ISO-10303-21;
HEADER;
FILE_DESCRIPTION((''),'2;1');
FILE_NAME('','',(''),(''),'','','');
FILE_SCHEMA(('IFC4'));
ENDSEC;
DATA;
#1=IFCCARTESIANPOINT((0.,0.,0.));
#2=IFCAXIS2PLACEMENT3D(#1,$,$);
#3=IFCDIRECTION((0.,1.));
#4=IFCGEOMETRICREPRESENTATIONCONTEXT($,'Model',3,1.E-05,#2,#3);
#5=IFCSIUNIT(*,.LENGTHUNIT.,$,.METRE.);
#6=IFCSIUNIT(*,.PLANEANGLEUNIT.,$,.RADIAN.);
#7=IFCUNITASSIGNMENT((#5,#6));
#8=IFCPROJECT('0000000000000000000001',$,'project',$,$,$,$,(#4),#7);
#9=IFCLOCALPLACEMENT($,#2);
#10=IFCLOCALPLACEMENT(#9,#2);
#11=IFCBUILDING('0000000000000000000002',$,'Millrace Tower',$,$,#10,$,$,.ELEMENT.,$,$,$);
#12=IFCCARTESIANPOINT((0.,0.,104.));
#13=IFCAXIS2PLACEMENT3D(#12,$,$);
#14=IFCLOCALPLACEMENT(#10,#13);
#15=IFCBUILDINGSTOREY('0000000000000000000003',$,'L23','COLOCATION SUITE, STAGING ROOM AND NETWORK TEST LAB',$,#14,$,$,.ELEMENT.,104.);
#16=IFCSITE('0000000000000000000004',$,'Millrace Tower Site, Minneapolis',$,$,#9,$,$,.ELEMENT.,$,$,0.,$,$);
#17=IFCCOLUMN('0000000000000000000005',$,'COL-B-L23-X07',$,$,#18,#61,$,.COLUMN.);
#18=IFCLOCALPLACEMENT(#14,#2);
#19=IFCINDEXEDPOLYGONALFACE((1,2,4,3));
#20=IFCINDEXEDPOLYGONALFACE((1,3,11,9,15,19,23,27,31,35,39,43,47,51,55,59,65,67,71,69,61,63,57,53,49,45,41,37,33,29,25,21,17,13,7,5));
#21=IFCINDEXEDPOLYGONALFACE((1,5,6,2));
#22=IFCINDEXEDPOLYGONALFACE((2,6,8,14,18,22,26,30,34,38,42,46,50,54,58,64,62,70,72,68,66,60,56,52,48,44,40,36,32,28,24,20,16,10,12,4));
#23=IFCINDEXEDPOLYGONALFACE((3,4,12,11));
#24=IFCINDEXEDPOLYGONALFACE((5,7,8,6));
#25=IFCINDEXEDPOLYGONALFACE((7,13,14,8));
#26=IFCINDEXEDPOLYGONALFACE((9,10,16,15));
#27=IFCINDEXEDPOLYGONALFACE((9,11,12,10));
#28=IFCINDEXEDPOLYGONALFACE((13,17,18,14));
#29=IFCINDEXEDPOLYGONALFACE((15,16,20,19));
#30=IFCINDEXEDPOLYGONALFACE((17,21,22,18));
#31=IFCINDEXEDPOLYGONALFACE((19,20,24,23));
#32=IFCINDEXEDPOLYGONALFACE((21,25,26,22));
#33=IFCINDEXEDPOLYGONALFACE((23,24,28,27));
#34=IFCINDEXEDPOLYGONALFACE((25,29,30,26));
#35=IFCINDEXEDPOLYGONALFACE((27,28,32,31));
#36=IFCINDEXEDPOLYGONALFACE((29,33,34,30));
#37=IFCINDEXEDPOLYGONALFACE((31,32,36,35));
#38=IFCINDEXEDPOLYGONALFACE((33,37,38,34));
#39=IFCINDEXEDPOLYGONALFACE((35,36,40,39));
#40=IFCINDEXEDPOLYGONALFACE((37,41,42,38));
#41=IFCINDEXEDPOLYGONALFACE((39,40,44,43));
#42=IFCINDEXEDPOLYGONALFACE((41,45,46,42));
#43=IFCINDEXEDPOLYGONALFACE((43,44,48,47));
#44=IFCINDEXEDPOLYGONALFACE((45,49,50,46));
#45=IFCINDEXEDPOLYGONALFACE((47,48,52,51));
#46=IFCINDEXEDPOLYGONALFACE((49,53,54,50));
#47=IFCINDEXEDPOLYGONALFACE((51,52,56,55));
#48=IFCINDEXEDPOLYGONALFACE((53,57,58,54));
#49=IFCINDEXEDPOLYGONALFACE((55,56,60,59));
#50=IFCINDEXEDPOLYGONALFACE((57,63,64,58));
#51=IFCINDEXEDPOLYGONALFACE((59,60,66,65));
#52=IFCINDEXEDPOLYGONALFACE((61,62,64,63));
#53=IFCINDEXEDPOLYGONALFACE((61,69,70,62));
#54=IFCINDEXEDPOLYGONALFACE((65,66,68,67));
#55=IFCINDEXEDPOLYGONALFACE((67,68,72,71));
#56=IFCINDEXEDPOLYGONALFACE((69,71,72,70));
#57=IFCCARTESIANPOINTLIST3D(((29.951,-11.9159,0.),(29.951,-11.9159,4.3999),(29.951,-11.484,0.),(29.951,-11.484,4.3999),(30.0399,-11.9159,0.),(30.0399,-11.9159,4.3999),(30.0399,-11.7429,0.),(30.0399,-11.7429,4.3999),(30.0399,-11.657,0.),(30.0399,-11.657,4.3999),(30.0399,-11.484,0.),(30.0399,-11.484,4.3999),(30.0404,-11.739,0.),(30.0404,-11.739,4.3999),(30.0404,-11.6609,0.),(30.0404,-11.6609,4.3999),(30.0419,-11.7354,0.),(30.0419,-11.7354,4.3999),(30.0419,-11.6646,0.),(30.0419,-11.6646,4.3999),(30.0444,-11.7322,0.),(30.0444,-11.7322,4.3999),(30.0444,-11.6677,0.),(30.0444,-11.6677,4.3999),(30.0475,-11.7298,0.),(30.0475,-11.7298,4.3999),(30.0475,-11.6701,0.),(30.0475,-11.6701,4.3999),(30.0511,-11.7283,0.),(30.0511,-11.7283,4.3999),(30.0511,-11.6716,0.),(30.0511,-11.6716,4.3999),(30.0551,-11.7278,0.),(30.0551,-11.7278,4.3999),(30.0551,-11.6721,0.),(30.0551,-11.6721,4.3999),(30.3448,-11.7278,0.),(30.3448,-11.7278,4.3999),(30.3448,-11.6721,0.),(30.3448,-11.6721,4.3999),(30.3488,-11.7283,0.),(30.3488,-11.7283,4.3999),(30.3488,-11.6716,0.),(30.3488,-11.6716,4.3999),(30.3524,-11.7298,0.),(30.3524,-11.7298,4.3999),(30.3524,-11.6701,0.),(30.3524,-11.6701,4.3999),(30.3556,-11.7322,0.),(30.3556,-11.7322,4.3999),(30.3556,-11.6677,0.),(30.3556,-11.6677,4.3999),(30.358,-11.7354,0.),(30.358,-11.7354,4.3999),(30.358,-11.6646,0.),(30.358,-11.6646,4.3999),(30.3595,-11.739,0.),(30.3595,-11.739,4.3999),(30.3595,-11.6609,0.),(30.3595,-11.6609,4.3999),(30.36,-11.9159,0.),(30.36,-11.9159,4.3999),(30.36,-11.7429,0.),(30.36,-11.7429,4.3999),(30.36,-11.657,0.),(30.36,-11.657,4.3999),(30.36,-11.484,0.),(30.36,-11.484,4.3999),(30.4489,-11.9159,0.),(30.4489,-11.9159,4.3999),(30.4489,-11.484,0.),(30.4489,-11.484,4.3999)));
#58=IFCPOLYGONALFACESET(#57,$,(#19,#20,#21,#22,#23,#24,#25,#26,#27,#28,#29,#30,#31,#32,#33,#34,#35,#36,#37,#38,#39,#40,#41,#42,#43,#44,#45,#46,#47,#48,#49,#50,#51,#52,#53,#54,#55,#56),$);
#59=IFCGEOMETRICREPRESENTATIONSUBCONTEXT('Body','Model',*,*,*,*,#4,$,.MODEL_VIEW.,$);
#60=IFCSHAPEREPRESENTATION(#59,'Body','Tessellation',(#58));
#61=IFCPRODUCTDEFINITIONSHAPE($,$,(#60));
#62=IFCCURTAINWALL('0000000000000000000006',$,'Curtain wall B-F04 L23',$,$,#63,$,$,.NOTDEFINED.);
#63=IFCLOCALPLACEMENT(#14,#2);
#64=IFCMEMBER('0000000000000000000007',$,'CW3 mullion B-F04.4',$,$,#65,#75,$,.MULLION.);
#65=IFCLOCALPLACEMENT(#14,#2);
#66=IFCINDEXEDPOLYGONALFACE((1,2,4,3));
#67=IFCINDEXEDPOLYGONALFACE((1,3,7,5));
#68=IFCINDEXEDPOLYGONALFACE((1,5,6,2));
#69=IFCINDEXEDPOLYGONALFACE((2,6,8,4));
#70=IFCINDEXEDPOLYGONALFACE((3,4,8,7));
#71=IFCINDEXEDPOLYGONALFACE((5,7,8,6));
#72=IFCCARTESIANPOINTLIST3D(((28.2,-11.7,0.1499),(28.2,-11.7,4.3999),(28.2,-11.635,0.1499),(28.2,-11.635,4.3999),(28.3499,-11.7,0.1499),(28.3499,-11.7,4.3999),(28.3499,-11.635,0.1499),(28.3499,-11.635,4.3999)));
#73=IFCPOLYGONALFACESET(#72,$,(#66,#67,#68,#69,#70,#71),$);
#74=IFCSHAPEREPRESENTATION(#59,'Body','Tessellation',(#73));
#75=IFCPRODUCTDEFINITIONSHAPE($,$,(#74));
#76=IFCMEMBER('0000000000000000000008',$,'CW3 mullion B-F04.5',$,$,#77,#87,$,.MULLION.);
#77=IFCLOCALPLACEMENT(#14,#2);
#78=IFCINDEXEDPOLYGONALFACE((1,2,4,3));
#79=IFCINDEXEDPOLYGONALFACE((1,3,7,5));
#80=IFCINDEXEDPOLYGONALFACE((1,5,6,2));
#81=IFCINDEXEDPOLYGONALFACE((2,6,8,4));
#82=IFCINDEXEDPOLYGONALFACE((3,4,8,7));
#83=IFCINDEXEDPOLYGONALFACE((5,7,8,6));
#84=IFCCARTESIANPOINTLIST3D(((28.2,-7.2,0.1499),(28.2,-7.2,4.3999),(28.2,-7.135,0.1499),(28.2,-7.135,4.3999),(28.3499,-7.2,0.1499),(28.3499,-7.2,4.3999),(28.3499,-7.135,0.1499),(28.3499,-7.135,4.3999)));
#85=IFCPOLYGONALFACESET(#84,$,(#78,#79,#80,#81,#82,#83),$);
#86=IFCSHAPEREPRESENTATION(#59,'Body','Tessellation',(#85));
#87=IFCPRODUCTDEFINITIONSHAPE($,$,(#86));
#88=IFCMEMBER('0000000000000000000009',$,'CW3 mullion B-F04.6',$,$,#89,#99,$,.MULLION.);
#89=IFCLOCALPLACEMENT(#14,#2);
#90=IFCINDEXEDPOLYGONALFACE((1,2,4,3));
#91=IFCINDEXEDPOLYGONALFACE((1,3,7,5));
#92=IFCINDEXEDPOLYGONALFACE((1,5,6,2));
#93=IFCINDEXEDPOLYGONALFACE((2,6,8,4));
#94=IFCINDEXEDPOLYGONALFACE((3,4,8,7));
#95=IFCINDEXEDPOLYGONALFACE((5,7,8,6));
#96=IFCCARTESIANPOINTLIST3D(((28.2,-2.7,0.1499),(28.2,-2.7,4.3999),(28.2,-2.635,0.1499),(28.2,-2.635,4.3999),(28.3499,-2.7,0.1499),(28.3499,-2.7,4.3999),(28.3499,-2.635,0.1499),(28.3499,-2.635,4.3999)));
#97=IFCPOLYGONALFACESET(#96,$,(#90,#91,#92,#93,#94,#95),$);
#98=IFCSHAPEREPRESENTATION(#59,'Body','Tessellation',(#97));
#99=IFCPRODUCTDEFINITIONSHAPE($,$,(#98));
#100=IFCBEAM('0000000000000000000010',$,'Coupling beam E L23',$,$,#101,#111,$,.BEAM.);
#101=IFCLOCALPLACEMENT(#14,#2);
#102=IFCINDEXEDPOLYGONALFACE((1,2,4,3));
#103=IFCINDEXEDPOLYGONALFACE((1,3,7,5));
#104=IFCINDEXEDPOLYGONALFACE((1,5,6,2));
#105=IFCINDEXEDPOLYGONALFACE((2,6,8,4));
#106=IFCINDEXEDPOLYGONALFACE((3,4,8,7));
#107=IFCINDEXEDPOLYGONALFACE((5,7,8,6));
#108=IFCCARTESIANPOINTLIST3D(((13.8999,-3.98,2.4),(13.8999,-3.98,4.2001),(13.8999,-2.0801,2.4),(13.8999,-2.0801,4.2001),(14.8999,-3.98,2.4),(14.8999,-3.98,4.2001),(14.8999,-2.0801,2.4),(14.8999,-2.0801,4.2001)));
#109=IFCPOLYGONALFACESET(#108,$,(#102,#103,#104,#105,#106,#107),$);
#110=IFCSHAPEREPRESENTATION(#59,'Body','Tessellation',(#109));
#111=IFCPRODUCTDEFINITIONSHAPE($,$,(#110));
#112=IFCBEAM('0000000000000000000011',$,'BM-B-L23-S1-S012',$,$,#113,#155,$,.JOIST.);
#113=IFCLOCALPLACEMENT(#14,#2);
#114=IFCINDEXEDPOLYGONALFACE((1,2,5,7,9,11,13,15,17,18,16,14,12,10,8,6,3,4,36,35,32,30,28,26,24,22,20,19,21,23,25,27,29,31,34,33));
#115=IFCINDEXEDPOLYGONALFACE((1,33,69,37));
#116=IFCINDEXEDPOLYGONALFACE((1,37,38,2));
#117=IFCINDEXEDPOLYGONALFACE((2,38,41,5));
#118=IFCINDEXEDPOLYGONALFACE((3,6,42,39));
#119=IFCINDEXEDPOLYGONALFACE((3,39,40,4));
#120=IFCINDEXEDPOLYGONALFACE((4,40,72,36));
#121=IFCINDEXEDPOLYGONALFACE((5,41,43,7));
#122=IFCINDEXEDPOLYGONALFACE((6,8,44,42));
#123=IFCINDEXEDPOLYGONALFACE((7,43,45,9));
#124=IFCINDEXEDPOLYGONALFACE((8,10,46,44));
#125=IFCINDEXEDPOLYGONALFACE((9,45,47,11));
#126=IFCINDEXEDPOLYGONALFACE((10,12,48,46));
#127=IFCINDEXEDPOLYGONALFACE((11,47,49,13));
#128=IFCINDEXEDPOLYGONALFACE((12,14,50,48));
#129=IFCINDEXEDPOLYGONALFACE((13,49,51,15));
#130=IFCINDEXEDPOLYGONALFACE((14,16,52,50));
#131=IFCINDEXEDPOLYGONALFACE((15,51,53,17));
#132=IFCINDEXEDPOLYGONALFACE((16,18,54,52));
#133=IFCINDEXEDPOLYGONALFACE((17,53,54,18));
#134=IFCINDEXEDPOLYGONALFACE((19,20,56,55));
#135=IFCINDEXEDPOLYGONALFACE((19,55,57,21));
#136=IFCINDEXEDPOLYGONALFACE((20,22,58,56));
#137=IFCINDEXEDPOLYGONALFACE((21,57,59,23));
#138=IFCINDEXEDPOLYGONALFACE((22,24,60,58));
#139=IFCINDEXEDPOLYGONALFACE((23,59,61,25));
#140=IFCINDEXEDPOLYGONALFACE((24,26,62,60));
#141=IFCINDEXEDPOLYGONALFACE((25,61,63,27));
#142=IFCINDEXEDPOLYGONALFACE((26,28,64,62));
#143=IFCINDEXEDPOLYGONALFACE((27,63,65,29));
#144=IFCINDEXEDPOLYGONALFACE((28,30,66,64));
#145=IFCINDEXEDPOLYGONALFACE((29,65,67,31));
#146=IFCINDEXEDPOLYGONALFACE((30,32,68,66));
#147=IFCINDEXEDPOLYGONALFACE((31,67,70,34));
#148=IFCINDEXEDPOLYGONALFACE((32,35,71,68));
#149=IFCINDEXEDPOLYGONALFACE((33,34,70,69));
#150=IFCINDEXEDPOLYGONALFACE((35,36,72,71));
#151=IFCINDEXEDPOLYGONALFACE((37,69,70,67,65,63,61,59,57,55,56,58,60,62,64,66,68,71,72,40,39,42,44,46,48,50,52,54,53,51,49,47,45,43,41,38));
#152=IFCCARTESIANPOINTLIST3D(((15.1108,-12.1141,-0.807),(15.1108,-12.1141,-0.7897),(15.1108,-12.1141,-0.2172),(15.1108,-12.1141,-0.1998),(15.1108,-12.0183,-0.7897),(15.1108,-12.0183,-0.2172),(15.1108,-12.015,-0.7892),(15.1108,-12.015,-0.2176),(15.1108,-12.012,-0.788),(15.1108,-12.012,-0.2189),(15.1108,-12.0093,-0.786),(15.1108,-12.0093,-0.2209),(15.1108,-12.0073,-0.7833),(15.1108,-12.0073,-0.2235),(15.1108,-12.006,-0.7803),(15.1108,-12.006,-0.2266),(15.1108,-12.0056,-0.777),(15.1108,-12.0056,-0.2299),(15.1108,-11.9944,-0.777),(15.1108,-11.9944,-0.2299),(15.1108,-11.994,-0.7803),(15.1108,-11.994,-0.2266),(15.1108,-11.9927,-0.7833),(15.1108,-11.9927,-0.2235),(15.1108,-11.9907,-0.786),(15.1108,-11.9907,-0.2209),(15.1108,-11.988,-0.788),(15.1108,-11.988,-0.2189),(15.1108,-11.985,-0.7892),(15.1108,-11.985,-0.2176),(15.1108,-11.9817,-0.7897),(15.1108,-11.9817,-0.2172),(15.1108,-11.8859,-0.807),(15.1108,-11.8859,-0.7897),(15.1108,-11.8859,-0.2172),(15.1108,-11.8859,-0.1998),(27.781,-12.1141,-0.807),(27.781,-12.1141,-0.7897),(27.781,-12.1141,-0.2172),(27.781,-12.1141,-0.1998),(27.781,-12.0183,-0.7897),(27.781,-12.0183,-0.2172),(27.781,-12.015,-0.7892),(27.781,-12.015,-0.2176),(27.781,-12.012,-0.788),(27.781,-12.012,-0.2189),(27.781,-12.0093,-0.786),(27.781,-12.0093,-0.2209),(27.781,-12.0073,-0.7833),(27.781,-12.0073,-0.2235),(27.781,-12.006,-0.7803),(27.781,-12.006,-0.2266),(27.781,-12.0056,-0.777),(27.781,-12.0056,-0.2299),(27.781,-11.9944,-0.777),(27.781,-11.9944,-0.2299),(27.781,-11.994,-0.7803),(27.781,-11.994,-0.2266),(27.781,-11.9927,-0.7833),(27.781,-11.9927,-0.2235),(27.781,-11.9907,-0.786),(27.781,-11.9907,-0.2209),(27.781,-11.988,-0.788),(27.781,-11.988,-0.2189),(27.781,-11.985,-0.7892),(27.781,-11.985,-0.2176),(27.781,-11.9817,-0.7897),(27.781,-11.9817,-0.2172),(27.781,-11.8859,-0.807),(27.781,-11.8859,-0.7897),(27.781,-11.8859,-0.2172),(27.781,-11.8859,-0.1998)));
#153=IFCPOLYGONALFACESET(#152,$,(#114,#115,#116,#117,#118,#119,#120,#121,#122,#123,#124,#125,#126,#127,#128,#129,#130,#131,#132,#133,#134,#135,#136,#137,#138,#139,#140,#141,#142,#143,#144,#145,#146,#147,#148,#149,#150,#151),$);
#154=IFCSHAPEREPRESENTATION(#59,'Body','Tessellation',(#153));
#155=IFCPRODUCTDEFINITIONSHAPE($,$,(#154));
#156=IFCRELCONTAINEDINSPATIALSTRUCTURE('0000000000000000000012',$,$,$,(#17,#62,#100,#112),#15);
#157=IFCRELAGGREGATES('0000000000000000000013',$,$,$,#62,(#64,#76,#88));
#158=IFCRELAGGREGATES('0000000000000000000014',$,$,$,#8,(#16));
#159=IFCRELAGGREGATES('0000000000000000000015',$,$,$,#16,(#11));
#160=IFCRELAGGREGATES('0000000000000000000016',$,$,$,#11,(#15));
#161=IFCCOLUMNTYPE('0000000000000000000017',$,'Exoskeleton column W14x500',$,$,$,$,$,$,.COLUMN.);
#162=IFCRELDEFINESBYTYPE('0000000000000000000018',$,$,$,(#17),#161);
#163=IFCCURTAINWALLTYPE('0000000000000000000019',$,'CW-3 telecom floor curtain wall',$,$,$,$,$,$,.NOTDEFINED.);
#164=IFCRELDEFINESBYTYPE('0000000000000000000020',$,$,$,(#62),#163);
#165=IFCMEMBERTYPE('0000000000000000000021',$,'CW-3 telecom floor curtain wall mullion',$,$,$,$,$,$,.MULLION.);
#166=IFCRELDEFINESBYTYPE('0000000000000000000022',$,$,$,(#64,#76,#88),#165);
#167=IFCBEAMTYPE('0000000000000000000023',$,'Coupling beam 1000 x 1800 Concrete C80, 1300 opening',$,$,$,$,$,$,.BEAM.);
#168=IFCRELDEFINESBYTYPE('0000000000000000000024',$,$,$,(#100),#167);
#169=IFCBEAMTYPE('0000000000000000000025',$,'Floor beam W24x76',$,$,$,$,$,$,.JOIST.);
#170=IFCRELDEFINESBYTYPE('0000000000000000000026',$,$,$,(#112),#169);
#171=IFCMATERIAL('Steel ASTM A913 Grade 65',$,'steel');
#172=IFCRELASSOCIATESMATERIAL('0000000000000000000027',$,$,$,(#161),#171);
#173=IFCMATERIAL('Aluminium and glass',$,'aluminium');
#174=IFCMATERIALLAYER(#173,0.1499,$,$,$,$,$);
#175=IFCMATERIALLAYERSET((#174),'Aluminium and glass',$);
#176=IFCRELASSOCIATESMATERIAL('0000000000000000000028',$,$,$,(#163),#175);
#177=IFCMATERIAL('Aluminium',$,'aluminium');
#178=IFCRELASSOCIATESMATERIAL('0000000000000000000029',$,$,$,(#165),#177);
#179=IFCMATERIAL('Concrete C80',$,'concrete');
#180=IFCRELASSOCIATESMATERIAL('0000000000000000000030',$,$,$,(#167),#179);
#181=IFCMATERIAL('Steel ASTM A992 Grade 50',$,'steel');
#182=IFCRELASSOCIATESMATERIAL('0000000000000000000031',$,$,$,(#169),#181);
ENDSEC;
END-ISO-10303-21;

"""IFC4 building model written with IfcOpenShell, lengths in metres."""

from ifc_helpers import new_model, si_unit, direction, frame, origin, origin_2d, place, context, subcontext, project, spatial, rectangle, i_section, extrude, material, layer, layer_set, material_profile, profile_set, type_object, element, aggregate, save


model = new_model("IFC4")

# Units and contexts
model_context = context("Model", 3, precision=1e-05, world=origin(), true_north=direction((0.0, 1.0)))
body_context = subcontext(model_context, "Body", "Model", "MODEL_VIEW")
ifc_project = project(units=[si_unit("LENGTHUNIT", "METRE"), si_unit("PLANEANGLEUNIT", "RADIAN")], contexts=[model_context])

# Site, building, storey
site_placement = place(None, origin())
site = spatial("IfcSite", under=ifc_project, at=site_placement, Name="Millrace Tower Site, Minneapolis", CompositionType="ELEMENT", RefElevation=0.0)
building_placement = place(site_placement, origin())
building = spatial("IfcBuilding", under=site, at=building_placement, Name="Millrace Tower", CompositionType="ELEMENT")
storey_placement = place(building_placement, frame((0.0, 0.0, 104.0)))
storey = spatial("IfcBuildingStorey", under=building, at=storey_placement, Name="L23", Description="COLOCATION SUITE, STAGING ROOM AND NETWORK TEST LAB", CompositionType="ELEMENT", Elevation=104.0)

# Column
ifc_material_1 = material(Name="Steel ASTM A913 Grade 65", Category="steel")
ifc_material_profile_1 = material_profile(ifc_material_1, i_section(OverallWidth=0.4319, OverallDepth=0.4978, WebThickness=0.0557, FlangeThickness=0.0889, FilletRadius=0.0151, at=origin_2d()))
ifc_profile_set_1 = profile_set([ifc_material_profile_1], Name="Steel ASTM A913 Grade 65")
column_type = type_object("IfcColumnType", Name="Exoskeleton column W14x500", PredefinedType="COLUMN", material=ifc_profile_set_1)
column_placement = place(storey_placement, frame((30.2, -11.7, 0.0), z_axis=(0.0, 0.0, 1.0), x_axis=(0.0, 1.0, 0.0)))
element("IfcColumn", 1, at=column_placement, inside=storey, type_object=column_type, Name="COL-B-L23-X07", PredefinedType="COLUMN", context=body_context, shape_type="SweptSolid", body=[
    extrude(i_section(OverallWidth=0.4319, OverallDepth=0.4978, WebThickness=0.0557, FlangeThickness=0.0889, FilletRadius=0.0151, at=origin_2d()), origin(), (0.0, 0.0, 1.0), 4.3999),
])

# Curtain wall, members
ifc_material_2 = material(Name="Aluminium and glass", Category="aluminium")
ifc_layer_1 = layer(ifc_material_2, 0.1499)
ifc_layer_set_1 = layer_set([ifc_layer_1], Name="Aluminium and glass")
curtain_wall_type = type_object("IfcCurtainWallType", Name="CW-3 telecom floor curtain wall", PredefinedType="NOTDEFINED", material=ifc_layer_set_1)
curtain_wall_placement = place(storey_placement, origin())
curtain_wall = element("IfcCurtainWall", 2, at=curtain_wall_placement, inside=storey, type_object=curtain_wall_type, Name="Curtain wall B-F04 L23", PredefinedType="NOTDEFINED")
ifc_material_3 = material(Name="Aluminium", Category="aluminium")
ifc_material_profile_2 = material_profile(ifc_material_3, rectangle(XDim=0.0649, YDim=0.1499, at=origin_2d()))
ifc_profile_set_2 = profile_set([ifc_material_profile_2], Name="Aluminium")
member_type = type_object("IfcMemberType", Name="CW-3 telecom floor curtain wall mullion", PredefinedType="MULLION", material=ifc_profile_set_2)
member_1_placement = place(storey_placement, frame((28.2749, -11.6675, 0.1499), z_axis=(0.0, 0.0, 1.0), x_axis=(0.0, 1.0, 0.0)))
member_1 = element("IfcMember", 3, at=member_1_placement, type_object=member_type, Name="CW3 mullion B-F04.4", PredefinedType="MULLION", context=body_context, shape_type="SweptSolid", body=[
    extrude(rectangle(XDim=0.0649, YDim=0.1499, at=origin_2d()), origin(), (0.0, 0.0, 1.0), 4.25),
])
member_2_placement = place(storey_placement, frame((28.2749, -7.1675, 0.1499), z_axis=(0.0, 0.0, 1.0), x_axis=(0.0, 1.0, 0.0)))
member_2 = element("IfcMember", 4, at=member_2_placement, type_object=member_type, Name="CW3 mullion B-F04.5", PredefinedType="MULLION", context=body_context, shape_type="SweptSolid", body=[
    extrude(rectangle(XDim=0.0649, YDim=0.1499, at=origin_2d()), origin(), (0.0, 0.0, 1.0), 4.25),
])
member_3_placement = place(storey_placement, frame((28.2749, -2.6675, 0.1499), z_axis=(0.0, 0.0, 1.0), x_axis=(0.0, 1.0, 0.0)))
member_3 = element("IfcMember", 5, at=member_3_placement, type_object=member_type, Name="CW3 mullion B-F04.6", PredefinedType="MULLION", context=body_context, shape_type="SweptSolid", body=[
    extrude(rectangle(XDim=0.0649, YDim=0.1499, at=origin_2d()), origin(), (0.0, 0.0, 1.0), 4.25),
])
aggregate(curtain_wall, [member_1, member_2, member_3])

# Beams
ifc_material_4 = material(Name="Concrete C80", Category="concrete")
ifc_material_profile_3 = material_profile(ifc_material_4, rectangle(XDim=1.0, YDim=1.8, at=origin_2d()))
ifc_profile_set_3 = profile_set([ifc_material_profile_3], Name="Concrete C80")
beam_type_1 = type_object("IfcBeamType", Name="Coupling beam 1000 x 1800 Concrete C80, 1300 opening", PredefinedType="BEAM", material=ifc_profile_set_3)
beam_1_placement = place(storey_placement, frame((14.3999, -2.0801, 3.3), z_axis=(0.0, -1.0, 0.0), x_axis=(1.0, 0.0, 0.0)))
element("IfcBeam", 6, at=beam_1_placement, inside=storey, type_object=beam_type_1, Name="Coupling beam E L23", PredefinedType="BEAM", context=body_context, shape_type="SweptSolid", body=[
    extrude(rectangle(XDim=1.0, YDim=1.8, at=origin_2d()), origin(), (0.0, 0.0, 1.0), 1.8999),
])
ifc_material_5 = material(Name="Steel ASTM A992 Grade 50", Category="steel")
ifc_material_profile_4 = material_profile(ifc_material_5, i_section(OverallWidth=0.2283, OverallDepth=0.6072, WebThickness=0.0112, FlangeThickness=0.0173, FilletRadius=0.0127, at=origin_2d()))
ifc_profile_set_4 = profile_set([ifc_material_profile_4], Name="Steel ASTM A992 Grade 50")
beam_type_2 = type_object("IfcBeamType", Name="Floor beam W24x76", PredefinedType="JOIST", material=ifc_profile_set_4)
beam_2_placement = place(storey_placement, frame((15.1108, -12.0, -0.5034), z_axis=(1.0, 0.0, 0.0), x_axis=(0.0, 1.0, 0.0)))
element("IfcBeam", 7, at=beam_2_placement, inside=storey, type_object=beam_type_2, Name="BM-B-L23-S1-S012", PredefinedType="JOIST", context=body_context, shape_type="SweptSolid", body=[
    extrude(i_section(OverallWidth=0.2283, OverallDepth=0.6072, WebThickness=0.0112, FlangeThickness=0.0173, FilletRadius=0.0127, at=origin_2d()), origin(), (0.0, 0.0, 1.0), 12.6702),
])

save(model, "model.ifc")
